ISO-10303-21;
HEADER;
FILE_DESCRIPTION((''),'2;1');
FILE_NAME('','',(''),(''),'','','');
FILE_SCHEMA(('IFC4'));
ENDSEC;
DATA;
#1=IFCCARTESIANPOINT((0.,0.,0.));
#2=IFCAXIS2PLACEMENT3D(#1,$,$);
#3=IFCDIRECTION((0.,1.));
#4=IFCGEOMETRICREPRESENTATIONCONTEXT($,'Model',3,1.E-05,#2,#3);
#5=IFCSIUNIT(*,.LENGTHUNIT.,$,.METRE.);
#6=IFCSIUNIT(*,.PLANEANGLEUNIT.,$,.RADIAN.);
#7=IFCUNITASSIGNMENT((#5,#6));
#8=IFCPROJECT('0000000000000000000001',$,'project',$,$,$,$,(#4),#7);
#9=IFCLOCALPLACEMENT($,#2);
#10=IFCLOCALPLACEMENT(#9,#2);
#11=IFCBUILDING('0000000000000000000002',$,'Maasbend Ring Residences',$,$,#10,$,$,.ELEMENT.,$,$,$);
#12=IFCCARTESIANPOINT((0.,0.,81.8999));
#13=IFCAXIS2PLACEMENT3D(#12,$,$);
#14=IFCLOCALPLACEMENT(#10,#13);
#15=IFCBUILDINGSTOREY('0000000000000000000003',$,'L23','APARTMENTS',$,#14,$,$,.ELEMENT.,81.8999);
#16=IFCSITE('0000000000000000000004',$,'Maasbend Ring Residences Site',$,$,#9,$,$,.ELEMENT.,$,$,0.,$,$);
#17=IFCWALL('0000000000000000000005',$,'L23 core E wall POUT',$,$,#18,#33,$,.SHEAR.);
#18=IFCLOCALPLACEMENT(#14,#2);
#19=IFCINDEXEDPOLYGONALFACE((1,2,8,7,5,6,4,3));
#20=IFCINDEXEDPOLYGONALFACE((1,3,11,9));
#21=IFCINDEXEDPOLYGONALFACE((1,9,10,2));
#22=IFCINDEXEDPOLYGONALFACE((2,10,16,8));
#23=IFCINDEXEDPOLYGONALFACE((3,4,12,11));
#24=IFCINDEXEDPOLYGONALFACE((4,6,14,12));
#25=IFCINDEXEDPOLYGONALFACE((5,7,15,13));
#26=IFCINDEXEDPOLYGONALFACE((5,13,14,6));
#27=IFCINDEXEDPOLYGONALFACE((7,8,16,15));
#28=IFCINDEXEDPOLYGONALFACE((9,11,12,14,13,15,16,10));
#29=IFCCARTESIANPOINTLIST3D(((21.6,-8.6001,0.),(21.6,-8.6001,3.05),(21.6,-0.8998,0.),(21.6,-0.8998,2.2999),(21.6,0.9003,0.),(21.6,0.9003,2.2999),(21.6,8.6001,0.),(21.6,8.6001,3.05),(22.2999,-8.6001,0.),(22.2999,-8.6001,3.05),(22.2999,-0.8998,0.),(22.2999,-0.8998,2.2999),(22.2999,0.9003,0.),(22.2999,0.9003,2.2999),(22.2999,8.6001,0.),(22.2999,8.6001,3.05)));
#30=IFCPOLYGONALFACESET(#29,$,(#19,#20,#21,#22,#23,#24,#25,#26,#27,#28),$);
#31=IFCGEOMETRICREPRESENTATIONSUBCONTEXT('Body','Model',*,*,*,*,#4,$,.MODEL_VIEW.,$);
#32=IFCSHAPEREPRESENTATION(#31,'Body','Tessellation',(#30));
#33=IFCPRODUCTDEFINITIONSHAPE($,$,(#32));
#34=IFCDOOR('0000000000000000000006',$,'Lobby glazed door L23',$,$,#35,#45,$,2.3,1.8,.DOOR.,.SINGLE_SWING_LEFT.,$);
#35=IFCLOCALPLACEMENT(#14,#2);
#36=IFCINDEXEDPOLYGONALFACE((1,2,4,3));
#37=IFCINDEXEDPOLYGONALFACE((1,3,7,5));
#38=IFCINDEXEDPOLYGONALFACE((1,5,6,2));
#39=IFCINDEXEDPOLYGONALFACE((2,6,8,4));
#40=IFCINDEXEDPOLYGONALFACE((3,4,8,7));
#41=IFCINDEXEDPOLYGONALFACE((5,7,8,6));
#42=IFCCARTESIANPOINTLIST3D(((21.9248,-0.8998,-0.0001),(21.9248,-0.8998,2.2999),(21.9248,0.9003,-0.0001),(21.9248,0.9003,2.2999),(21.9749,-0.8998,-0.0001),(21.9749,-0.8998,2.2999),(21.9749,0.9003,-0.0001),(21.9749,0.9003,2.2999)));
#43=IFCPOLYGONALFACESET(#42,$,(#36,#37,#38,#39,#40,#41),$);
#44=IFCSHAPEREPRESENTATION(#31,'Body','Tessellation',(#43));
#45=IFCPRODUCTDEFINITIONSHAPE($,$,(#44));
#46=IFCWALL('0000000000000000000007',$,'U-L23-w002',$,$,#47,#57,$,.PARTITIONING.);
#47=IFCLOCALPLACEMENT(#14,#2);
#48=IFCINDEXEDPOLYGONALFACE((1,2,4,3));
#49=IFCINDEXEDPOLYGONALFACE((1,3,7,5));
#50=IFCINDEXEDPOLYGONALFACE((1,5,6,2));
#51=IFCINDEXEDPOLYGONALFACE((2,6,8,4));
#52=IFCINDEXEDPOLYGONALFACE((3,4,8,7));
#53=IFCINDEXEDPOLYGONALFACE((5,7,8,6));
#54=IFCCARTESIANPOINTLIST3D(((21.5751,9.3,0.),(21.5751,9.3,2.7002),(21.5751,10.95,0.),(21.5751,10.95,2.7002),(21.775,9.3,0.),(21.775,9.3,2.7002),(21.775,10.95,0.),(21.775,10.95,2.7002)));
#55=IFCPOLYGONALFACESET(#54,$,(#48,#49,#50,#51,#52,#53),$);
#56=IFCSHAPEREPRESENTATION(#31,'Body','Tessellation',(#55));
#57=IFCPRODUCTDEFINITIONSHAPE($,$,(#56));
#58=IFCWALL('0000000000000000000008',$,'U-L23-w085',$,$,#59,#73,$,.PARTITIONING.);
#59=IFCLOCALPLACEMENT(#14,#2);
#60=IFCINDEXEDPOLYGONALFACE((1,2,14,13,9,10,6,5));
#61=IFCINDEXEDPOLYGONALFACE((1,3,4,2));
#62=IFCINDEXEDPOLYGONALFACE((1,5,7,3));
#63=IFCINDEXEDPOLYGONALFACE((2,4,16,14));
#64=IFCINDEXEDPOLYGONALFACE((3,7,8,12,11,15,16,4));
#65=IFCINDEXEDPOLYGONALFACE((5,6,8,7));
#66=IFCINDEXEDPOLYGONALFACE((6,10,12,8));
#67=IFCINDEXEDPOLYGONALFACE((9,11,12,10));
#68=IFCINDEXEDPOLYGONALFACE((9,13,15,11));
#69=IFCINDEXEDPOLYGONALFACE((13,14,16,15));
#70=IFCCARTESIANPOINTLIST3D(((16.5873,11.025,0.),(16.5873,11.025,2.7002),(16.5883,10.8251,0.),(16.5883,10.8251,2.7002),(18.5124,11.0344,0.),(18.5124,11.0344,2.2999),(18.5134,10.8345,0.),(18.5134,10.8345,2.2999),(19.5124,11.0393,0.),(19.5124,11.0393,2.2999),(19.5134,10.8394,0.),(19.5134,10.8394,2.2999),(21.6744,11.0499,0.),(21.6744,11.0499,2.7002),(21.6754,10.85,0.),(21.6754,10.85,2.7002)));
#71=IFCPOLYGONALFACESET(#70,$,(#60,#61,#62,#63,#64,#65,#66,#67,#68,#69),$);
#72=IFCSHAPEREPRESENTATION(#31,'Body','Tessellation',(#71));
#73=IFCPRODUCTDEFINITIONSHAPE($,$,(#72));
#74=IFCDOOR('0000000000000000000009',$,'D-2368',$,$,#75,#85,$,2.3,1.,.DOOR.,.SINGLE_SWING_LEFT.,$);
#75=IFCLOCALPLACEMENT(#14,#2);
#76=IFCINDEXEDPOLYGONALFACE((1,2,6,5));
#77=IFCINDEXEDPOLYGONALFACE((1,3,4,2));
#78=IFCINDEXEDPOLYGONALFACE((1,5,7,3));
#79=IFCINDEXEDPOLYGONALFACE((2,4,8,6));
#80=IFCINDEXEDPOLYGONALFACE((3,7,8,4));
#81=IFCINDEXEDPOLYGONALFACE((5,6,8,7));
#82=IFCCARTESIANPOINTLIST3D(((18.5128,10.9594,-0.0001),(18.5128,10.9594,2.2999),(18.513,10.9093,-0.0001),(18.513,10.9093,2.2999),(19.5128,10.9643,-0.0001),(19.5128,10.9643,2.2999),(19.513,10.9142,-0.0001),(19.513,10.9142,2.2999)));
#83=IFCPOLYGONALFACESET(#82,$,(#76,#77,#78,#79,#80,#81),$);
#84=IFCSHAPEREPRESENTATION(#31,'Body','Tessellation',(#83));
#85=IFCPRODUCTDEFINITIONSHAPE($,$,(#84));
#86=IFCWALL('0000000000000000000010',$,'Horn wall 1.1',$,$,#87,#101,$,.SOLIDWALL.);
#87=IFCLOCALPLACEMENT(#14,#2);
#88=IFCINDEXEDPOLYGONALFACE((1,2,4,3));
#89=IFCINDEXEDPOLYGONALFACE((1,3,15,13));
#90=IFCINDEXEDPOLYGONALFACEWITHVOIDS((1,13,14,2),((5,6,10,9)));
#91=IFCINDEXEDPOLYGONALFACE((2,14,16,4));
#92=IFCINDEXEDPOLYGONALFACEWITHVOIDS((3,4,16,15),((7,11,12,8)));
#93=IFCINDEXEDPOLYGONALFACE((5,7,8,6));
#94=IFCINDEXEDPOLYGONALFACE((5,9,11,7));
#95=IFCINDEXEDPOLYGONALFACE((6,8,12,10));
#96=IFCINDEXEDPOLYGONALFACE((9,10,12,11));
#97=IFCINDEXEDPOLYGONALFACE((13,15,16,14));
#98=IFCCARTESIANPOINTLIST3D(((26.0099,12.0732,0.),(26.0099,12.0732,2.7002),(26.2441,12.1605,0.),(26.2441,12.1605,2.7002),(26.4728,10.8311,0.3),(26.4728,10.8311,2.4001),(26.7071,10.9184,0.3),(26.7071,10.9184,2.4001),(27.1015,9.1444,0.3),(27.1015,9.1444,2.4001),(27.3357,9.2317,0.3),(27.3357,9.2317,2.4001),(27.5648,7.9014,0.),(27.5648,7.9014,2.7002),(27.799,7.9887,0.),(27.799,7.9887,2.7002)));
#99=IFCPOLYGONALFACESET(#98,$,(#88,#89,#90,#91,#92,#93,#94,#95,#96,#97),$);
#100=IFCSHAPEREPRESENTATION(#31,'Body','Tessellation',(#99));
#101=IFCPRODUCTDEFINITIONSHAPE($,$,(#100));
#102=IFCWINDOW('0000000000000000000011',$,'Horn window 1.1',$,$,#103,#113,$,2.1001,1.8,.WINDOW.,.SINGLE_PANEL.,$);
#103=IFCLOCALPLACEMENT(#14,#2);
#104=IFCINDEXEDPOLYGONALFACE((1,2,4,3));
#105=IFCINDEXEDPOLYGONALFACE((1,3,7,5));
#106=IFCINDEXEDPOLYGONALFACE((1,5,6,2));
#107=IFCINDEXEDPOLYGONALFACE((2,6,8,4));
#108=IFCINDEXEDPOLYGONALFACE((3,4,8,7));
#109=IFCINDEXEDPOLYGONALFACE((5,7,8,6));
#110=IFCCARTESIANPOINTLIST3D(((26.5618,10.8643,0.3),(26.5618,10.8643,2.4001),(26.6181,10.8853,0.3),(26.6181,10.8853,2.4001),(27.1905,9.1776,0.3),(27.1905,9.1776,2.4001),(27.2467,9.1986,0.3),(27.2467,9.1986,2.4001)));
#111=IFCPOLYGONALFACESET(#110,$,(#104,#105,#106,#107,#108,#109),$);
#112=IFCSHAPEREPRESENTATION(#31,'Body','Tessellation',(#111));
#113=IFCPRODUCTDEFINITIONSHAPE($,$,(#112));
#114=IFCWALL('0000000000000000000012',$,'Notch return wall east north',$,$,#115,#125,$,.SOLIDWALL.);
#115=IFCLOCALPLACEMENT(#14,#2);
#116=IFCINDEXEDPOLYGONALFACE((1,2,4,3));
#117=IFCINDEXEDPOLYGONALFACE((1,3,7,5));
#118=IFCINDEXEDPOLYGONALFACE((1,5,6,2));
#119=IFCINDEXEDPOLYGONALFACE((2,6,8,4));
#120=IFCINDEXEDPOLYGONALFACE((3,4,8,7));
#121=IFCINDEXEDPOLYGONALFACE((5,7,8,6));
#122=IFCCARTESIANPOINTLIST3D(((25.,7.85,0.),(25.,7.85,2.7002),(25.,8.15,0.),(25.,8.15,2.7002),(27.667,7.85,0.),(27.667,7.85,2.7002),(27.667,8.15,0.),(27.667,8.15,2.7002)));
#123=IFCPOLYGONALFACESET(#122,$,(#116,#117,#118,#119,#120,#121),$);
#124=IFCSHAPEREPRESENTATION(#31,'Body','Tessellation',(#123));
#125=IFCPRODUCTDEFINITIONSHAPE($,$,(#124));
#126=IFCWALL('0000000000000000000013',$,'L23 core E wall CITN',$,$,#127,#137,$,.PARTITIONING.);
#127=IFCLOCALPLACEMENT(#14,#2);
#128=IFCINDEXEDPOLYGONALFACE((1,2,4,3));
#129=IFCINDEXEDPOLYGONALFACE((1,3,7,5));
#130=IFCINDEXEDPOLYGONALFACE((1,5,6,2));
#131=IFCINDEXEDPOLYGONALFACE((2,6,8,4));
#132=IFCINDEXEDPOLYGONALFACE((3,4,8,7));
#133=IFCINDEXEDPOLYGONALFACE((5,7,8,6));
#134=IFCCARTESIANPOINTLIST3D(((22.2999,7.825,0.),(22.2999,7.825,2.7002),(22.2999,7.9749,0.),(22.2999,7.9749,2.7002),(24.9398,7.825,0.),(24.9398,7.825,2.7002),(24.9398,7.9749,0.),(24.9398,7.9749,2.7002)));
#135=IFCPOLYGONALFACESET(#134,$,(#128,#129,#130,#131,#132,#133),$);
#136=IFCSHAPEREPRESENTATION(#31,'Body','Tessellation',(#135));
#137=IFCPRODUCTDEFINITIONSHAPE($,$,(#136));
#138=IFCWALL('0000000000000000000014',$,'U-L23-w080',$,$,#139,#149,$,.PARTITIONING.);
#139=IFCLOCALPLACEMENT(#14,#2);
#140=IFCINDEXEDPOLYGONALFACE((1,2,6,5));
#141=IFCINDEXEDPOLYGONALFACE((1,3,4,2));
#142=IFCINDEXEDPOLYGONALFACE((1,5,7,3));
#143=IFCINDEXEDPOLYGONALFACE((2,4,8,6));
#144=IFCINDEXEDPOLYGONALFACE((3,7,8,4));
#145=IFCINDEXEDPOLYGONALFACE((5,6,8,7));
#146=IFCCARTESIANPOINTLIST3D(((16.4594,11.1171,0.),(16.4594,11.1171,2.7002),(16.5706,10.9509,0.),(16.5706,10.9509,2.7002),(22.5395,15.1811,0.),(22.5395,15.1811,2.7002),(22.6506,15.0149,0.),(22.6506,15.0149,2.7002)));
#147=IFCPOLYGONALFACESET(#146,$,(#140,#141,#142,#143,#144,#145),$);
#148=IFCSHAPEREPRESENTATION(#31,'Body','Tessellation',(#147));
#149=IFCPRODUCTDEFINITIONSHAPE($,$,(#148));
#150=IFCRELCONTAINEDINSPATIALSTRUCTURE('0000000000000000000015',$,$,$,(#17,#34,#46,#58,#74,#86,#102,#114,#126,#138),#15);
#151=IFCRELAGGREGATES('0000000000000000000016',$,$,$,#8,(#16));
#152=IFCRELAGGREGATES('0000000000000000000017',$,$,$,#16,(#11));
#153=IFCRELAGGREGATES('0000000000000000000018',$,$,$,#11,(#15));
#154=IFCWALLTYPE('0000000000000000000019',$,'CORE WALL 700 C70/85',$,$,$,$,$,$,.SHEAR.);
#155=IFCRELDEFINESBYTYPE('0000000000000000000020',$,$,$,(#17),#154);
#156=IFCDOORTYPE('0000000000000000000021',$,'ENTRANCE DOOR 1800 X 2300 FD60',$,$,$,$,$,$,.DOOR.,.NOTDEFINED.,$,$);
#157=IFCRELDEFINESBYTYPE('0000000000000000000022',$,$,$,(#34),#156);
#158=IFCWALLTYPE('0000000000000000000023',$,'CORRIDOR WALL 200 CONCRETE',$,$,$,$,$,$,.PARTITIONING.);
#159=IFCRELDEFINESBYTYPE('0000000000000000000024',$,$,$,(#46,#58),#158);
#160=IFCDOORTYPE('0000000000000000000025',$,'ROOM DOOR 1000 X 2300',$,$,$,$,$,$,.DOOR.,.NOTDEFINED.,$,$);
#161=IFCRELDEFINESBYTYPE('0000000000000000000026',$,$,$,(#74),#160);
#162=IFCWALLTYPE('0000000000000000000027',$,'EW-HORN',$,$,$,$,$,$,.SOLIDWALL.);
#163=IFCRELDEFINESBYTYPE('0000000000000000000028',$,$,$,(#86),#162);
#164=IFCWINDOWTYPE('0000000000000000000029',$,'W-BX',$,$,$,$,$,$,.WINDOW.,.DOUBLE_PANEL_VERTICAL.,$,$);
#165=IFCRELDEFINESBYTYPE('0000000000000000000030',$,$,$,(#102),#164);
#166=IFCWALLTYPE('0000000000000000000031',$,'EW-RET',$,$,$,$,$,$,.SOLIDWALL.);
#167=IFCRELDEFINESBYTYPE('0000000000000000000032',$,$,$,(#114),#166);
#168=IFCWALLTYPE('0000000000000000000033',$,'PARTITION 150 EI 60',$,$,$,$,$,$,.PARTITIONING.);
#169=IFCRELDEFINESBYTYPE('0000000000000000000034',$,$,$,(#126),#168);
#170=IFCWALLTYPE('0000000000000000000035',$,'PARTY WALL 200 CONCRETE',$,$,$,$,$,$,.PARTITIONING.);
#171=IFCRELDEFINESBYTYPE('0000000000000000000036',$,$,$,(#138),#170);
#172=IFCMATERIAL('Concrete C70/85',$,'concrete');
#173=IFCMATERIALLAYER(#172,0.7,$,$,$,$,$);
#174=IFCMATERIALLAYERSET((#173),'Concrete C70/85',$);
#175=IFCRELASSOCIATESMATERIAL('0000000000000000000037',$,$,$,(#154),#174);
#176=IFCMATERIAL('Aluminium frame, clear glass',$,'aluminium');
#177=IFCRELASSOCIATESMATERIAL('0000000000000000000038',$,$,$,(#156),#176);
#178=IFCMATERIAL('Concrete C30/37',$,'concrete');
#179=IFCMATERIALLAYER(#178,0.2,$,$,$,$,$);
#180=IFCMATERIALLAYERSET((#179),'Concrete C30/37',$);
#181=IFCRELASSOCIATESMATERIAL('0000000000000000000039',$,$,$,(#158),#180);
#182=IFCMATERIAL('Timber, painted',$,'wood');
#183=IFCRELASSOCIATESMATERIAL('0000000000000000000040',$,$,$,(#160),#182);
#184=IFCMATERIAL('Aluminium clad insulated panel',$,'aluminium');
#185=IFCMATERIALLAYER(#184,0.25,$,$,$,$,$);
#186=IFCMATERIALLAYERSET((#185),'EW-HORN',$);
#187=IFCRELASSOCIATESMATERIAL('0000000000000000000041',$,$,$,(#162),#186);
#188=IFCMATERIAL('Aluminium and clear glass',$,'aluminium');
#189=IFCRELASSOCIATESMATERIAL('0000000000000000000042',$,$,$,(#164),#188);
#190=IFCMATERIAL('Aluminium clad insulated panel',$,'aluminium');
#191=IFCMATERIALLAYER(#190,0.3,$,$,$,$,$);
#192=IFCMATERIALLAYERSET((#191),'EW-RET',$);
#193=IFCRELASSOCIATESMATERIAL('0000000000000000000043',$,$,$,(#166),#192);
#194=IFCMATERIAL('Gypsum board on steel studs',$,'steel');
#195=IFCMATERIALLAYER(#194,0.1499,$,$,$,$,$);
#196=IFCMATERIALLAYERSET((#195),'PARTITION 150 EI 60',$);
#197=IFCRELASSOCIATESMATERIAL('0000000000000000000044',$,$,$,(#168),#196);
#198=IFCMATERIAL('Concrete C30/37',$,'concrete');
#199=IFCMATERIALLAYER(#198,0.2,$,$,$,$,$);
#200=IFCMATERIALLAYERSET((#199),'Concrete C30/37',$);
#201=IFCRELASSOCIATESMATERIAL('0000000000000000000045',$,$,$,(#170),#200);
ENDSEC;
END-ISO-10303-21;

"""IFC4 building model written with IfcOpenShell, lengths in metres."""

from ifc_helpers import new_model, si_unit, direction, frame, frame_2d, origin, place, context, subcontext, project, spatial, rectangle, extrude, material, layer, layer_set, type_object, element, fill, save


model = new_model("IFC4")

# Units and contexts
model_context = context("Model", 3, precision=1e-05, world=origin(), true_north=direction((0.0, 1.0)))
body_context = subcontext(model_context, "Body", "Model", "MODEL_VIEW")
ifc_project = project(units=[si_unit("LENGTHUNIT", "METRE"), si_unit("PLANEANGLEUNIT", "RADIAN")], contexts=[model_context])

# Site, building, storey
site_placement = place(None, origin())
site = spatial("IfcSite", under=ifc_project, at=site_placement, Name="Maasbend Ring Residences Site", CompositionType="ELEMENT", RefElevation=0.0)
building_placement = place(site_placement, origin())
building = spatial("IfcBuilding", under=site, at=building_placement, Name="Maasbend Ring Residences", CompositionType="ELEMENT")
storey_placement = place(building_placement, frame((0.0, 0.0, 81.8999)))
storey = spatial("IfcBuildingStorey", under=building, at=storey_placement, Name="L23", Description="APARTMENTS", CompositionType="ELEMENT", Elevation=81.8999)

# Wall, opening, door
ifc_material_1 = material(Name="Concrete C70/85", Category="concrete")
ifc_layer_1 = layer(ifc_material_1, 0.7)
ifc_layer_set_1 = layer_set([ifc_layer_1], Name="Concrete C70/85")
wall_type_1 = type_object("IfcWallType", Name="CORE WALL 700 C70/85", PredefinedType="SHEAR", material=ifc_layer_set_1)
wall_1_placement = place(storey_placement, frame((21.95, 8.6001, 0.0), z_axis=(0.0, 0.0, 1.0), x_axis=(0.0, -1.0, 0.0)))
wall_1 = element("IfcWall", 1, at=wall_1_placement, inside=storey, type_object=wall_type_1, Name="L23 core E wall POUT", PredefinedType="SHEAR", context=body_context, shape_type="SweptSolid", body=[
    extrude(rectangle(XDim=17.2002, YDim=0.7, at=frame_2d((8.6001, 0.0))), origin(), (0.0, 0.0, 1.0), 3.05),
])
opening_1_placement = place(wall_1_placement, frame((7.7, 0.0, 0.0)))
opening_1 = element("IfcOpeningElement", 2, at=opening_1_placement, cuts=wall_1, PredefinedType="OPENING", context=body_context, shape_type="SweptSolid", body=[
    extrude(rectangle(XDim=1.8, YDim=2.3, at=frame_2d((0.8999, 1.1499))), frame((0.0, 0.3599, 0.0), z_axis=(0.0, -1.0, 0.0), x_axis=(1.0, 0.0, 0.0)), (0.0, 0.0, 1.0), 0.72),
])
ifc_material_2 = material(Name="Aluminium frame, clear glass", Category="aluminium")
door_type_1 = type_object("IfcDoorType", Name="ENTRANCE DOOR 1800 X 2300 FD60", OperationType="NOTDEFINED", PredefinedType="DOOR", material=ifc_material_2)
door_1_placement = place(opening_1_placement, origin())
door_1 = element("IfcDoor", 3, at=door_1_placement, inside=storey, type_object=door_type_1, Name="Lobby glazed door L23", OperationType="SINGLE_SWING_LEFT", OverallHeight=2.3, OverallWidth=1.8, PredefinedType="DOOR", context=body_context, shape_type="SweptSolid", body=[
    extrude(rectangle(XDim=1.8, YDim=2.3, at=frame_2d((0.8999, 1.1499))), frame((0.0, 0.0249, 0.0), z_axis=(0.0, -1.0, 0.0), x_axis=(1.0, 0.0, 0.0)), (0.0, 0.0, 1.0), 0.05),
])
fill(opening_1, door_1)

# Wall
ifc_material_3 = material(Name="Concrete C30/37", Category="concrete")
ifc_layer_2 = layer(ifc_material_3, 0.2)
ifc_layer_set_2 = layer_set([ifc_layer_2], Name="Concrete C30/37")
wall_type_2 = type_object("IfcWallType", Name="CORRIDOR WALL 200 CONCRETE", PredefinedType="PARTITIONING", material=ifc_layer_set_2)
wall_2_placement = place(storey_placement, frame((21.675, 9.3, 0.0), z_axis=(0.0, 0.0, 1.0), x_axis=(0.0, 1.0, 0.0)))
element("IfcWall", 4, at=wall_2_placement, inside=storey, type_object=wall_type_2, Name="U-L23-w002", PredefinedType="PARTITIONING", context=body_context, shape_type="SweptSolid", body=[
    extrude(rectangle(XDim=1.6499, YDim=0.2, at=frame_2d((0.825, 0.0))), origin(), (0.0, 0.0, 1.0), 2.7002),
])

# Wall, opening, door
wall_3_placement = place(storey_placement, frame((16.5879, 10.925, 0.0), z_axis=(0.0, 0.0, 1.0), x_axis=(0.999988, 0.004895, 0.0)))
wall_3 = element("IfcWall", 5, at=wall_3_placement, inside=storey, type_object=wall_type_2, Name="U-L23-w085", PredefinedType="PARTITIONING", context=body_context, shape_type="SweptSolid", body=[
    extrude(rectangle(XDim=5.0872, YDim=0.2, at=frame_2d((2.5435, 0.0))), origin(), (0.0, 0.0, 1.0), 2.7002),
])
opening_2_placement = place(wall_3_placement, frame((1.925, 0.0, 0.0)))
opening_2 = element("IfcOpeningElement", 6, at=opening_2_placement, cuts=wall_3, PredefinedType="OPENING", context=body_context, shape_type="SweptSolid", body=[
    extrude(rectangle(XDim=1.0, YDim=2.3, at=frame_2d((0.5, 1.1499))), frame((0.0, 0.1099, 0.0), z_axis=(0.0, -1.0, 0.0), x_axis=(1.0, 0.0, 0.0)), (0.0, 0.0, 1.0), 0.22),
])
ifc_material_4 = material(Name="Timber, painted", Category="wood")
door_type_2 = type_object("IfcDoorType", Name="ROOM DOOR 1000 X 2300", OperationType="NOTDEFINED", PredefinedType="DOOR", material=ifc_material_4)
door_2_placement = place(opening_2_placement, origin())
door_2 = element("IfcDoor", 7, at=door_2_placement, inside=storey, type_object=door_type_2, Name="D-2368", OperationType="SINGLE_SWING_LEFT", OverallHeight=2.3, OverallWidth=1.0, PredefinedType="DOOR", context=body_context, shape_type="SweptSolid", body=[
    extrude(rectangle(XDim=1.0, YDim=2.3, at=frame_2d((0.5, 1.1499))), frame((0.0, 0.0249, 0.0), z_axis=(0.0, -1.0, 0.0), x_axis=(1.0, 0.0, 0.0)), (0.0, 0.0, 1.0), 0.05),
])
fill(opening_2, door_2)

# Wall, opening, window
ifc_material_5 = material(Name="Aluminium clad insulated panel", Category="aluminium")
ifc_layer_3 = layer(ifc_material_5, 0.25)
ifc_layer_set_3 = layer_set([ifc_layer_3], Name="EW-HORN")
wall_type_3 = type_object("IfcWallType", Name="EW-HORN", PredefinedType="SOLIDWALL", material=ifc_layer_set_3)
wall_4_placement = place(storey_placement, frame((27.6819, 7.9451, 0.0), z_axis=(0.0, 0.0, 1.0), x_axis=(-0.349248, 0.93703, 0.0)))
wall_4 = element("IfcWall", 8, at=wall_4_placement, inside=storey, type_object=wall_type_3, Name="Horn wall 1.1", PredefinedType="SOLIDWALL", context=body_context, shape_type="SweptSolid", body=[
    extrude(rectangle(XDim=4.4521, YDim=0.25, at=frame_2d((2.2261, 0.0))), origin(), (0.0, 0.0, 1.0), 2.7002),
])
opening_3_placement = place(wall_4_placement, frame((1.3267, 0.0, 0.3)))
opening_3 = element("IfcOpeningElement", 9, at=opening_3_placement, cuts=wall_4, PredefinedType="OPENING", context=body_context, shape_type="SweptSolid", body=[
    extrude(rectangle(XDim=1.8, YDim=2.1001, at=frame_2d((0.8999, 1.05))), frame((0.0, 0.135, 0.0), z_axis=(0.0, -1.0, 0.0), x_axis=(1.0, 0.0, 0.0)), (0.0, 0.0, 1.0), 0.27),
])
ifc_material_6 = material(Name="Aluminium and clear glass", Category="aluminium")
window_type = type_object("IfcWindowType", Name="W-BX", PartitioningType="DOUBLE_PANEL_VERTICAL", PredefinedType="WINDOW", material=ifc_material_6)
window_placement = place(opening_3_placement, origin())
window = element("IfcWindow", 10, at=window_placement, inside=storey, type_object=window_type, Name="Horn window 1.1", OverallHeight=2.1001, OverallWidth=1.8, PartitioningType="SINGLE_PANEL", PredefinedType="WINDOW", context=body_context, shape_type="SweptSolid", body=[
    extrude(rectangle(XDim=1.8, YDim=2.1001, at=frame_2d((0.8999, 1.05))), frame((0.0, 0.03, 0.0), z_axis=(0.0, -1.0, 0.0), x_axis=(1.0, 0.0, 0.0)), (0.0, 0.0, 1.0), 0.0601),
])
fill(opening_3, window)

# Walls
ifc_material_7 = material(Name="Aluminium clad insulated panel", Category="aluminium")
ifc_layer_4 = layer(ifc_material_7, 0.3)
ifc_layer_set_4 = layer_set([ifc_layer_4], Name="EW-RET")
wall_type_4 = type_object("IfcWallType", Name="EW-RET", PredefinedType="SOLIDWALL", material=ifc_layer_set_4)
wall_5_placement = place(storey_placement, frame((25.0, 8.0, 0.0), z_axis=(0.0, 0.0, 1.0), x_axis=(1.0, 0.0, 0.0)))
element("IfcWall", 11, at=wall_5_placement, inside=storey, type_object=wall_type_4, Name="Notch return wall east north", PredefinedType="SOLIDWALL", context=body_context, shape_type="SweptSolid", body=[
    extrude(rectangle(XDim=2.667, YDim=0.3, at=frame_2d((1.3335, 0.0))), origin(), (0.0, 0.0, 1.0), 2.7002),
])
ifc_material_8 = material(Name="Gypsum board on steel studs", Category="steel")
ifc_layer_5 = layer(ifc_material_8, 0.1499)
ifc_layer_set_5 = layer_set([ifc_layer_5], Name="PARTITION 150 EI 60")
wall_type_5 = type_object("IfcWallType", Name="PARTITION 150 EI 60", PredefinedType="PARTITIONING", material=ifc_layer_set_5)
wall_6_placement = place(storey_placement, frame((22.3, 7.8999, 0.0), z_axis=(0.0, 0.0, 1.0), x_axis=(1.0, 0.0, 0.0)))
element("IfcWall", 12, at=wall_6_placement, inside=storey, type_object=wall_type_5, Name="L23 core E wall CITN", PredefinedType="PARTITIONING", context=body_context, shape_type="SweptSolid", body=[
    extrude(rectangle(XDim=2.6399, YDim=0.1499, at=frame_2d((1.3198, 0.0))), origin(), (0.0, 0.0, 1.0), 2.7002),
])
ifc_material_9 = material(Name="Concrete C30/37", Category="concrete")
ifc_layer_6 = layer(ifc_material_9, 0.2)
ifc_layer_set_6 = layer_set([ifc_layer_6], Name="Concrete C30/37")
wall_type_6 = type_object("IfcWallType", Name="PARTY WALL 200 CONCRETE", PredefinedType="PARTITIONING", material=ifc_layer_set_6)
wall_7_placement = place(storey_placement, frame((16.5149, 11.0339, 0.0), z_axis=(0.0, 0.0, 1.0), x_axis=(0.831382, 0.555701, 0.0)))
element("IfcWall", 13, at=wall_7_placement, inside=storey, type_object=wall_type_6, Name="U-L23-w080", PredefinedType="PARTITIONING", context=body_context, shape_type="SweptSolid", body=[
    extrude(rectangle(XDim=7.3132, YDim=0.2, at=frame_2d((3.6567, 0.0))), origin(), (0.0, 0.0, 1.0), 2.7002),
])

save(model, "model.ifc")
